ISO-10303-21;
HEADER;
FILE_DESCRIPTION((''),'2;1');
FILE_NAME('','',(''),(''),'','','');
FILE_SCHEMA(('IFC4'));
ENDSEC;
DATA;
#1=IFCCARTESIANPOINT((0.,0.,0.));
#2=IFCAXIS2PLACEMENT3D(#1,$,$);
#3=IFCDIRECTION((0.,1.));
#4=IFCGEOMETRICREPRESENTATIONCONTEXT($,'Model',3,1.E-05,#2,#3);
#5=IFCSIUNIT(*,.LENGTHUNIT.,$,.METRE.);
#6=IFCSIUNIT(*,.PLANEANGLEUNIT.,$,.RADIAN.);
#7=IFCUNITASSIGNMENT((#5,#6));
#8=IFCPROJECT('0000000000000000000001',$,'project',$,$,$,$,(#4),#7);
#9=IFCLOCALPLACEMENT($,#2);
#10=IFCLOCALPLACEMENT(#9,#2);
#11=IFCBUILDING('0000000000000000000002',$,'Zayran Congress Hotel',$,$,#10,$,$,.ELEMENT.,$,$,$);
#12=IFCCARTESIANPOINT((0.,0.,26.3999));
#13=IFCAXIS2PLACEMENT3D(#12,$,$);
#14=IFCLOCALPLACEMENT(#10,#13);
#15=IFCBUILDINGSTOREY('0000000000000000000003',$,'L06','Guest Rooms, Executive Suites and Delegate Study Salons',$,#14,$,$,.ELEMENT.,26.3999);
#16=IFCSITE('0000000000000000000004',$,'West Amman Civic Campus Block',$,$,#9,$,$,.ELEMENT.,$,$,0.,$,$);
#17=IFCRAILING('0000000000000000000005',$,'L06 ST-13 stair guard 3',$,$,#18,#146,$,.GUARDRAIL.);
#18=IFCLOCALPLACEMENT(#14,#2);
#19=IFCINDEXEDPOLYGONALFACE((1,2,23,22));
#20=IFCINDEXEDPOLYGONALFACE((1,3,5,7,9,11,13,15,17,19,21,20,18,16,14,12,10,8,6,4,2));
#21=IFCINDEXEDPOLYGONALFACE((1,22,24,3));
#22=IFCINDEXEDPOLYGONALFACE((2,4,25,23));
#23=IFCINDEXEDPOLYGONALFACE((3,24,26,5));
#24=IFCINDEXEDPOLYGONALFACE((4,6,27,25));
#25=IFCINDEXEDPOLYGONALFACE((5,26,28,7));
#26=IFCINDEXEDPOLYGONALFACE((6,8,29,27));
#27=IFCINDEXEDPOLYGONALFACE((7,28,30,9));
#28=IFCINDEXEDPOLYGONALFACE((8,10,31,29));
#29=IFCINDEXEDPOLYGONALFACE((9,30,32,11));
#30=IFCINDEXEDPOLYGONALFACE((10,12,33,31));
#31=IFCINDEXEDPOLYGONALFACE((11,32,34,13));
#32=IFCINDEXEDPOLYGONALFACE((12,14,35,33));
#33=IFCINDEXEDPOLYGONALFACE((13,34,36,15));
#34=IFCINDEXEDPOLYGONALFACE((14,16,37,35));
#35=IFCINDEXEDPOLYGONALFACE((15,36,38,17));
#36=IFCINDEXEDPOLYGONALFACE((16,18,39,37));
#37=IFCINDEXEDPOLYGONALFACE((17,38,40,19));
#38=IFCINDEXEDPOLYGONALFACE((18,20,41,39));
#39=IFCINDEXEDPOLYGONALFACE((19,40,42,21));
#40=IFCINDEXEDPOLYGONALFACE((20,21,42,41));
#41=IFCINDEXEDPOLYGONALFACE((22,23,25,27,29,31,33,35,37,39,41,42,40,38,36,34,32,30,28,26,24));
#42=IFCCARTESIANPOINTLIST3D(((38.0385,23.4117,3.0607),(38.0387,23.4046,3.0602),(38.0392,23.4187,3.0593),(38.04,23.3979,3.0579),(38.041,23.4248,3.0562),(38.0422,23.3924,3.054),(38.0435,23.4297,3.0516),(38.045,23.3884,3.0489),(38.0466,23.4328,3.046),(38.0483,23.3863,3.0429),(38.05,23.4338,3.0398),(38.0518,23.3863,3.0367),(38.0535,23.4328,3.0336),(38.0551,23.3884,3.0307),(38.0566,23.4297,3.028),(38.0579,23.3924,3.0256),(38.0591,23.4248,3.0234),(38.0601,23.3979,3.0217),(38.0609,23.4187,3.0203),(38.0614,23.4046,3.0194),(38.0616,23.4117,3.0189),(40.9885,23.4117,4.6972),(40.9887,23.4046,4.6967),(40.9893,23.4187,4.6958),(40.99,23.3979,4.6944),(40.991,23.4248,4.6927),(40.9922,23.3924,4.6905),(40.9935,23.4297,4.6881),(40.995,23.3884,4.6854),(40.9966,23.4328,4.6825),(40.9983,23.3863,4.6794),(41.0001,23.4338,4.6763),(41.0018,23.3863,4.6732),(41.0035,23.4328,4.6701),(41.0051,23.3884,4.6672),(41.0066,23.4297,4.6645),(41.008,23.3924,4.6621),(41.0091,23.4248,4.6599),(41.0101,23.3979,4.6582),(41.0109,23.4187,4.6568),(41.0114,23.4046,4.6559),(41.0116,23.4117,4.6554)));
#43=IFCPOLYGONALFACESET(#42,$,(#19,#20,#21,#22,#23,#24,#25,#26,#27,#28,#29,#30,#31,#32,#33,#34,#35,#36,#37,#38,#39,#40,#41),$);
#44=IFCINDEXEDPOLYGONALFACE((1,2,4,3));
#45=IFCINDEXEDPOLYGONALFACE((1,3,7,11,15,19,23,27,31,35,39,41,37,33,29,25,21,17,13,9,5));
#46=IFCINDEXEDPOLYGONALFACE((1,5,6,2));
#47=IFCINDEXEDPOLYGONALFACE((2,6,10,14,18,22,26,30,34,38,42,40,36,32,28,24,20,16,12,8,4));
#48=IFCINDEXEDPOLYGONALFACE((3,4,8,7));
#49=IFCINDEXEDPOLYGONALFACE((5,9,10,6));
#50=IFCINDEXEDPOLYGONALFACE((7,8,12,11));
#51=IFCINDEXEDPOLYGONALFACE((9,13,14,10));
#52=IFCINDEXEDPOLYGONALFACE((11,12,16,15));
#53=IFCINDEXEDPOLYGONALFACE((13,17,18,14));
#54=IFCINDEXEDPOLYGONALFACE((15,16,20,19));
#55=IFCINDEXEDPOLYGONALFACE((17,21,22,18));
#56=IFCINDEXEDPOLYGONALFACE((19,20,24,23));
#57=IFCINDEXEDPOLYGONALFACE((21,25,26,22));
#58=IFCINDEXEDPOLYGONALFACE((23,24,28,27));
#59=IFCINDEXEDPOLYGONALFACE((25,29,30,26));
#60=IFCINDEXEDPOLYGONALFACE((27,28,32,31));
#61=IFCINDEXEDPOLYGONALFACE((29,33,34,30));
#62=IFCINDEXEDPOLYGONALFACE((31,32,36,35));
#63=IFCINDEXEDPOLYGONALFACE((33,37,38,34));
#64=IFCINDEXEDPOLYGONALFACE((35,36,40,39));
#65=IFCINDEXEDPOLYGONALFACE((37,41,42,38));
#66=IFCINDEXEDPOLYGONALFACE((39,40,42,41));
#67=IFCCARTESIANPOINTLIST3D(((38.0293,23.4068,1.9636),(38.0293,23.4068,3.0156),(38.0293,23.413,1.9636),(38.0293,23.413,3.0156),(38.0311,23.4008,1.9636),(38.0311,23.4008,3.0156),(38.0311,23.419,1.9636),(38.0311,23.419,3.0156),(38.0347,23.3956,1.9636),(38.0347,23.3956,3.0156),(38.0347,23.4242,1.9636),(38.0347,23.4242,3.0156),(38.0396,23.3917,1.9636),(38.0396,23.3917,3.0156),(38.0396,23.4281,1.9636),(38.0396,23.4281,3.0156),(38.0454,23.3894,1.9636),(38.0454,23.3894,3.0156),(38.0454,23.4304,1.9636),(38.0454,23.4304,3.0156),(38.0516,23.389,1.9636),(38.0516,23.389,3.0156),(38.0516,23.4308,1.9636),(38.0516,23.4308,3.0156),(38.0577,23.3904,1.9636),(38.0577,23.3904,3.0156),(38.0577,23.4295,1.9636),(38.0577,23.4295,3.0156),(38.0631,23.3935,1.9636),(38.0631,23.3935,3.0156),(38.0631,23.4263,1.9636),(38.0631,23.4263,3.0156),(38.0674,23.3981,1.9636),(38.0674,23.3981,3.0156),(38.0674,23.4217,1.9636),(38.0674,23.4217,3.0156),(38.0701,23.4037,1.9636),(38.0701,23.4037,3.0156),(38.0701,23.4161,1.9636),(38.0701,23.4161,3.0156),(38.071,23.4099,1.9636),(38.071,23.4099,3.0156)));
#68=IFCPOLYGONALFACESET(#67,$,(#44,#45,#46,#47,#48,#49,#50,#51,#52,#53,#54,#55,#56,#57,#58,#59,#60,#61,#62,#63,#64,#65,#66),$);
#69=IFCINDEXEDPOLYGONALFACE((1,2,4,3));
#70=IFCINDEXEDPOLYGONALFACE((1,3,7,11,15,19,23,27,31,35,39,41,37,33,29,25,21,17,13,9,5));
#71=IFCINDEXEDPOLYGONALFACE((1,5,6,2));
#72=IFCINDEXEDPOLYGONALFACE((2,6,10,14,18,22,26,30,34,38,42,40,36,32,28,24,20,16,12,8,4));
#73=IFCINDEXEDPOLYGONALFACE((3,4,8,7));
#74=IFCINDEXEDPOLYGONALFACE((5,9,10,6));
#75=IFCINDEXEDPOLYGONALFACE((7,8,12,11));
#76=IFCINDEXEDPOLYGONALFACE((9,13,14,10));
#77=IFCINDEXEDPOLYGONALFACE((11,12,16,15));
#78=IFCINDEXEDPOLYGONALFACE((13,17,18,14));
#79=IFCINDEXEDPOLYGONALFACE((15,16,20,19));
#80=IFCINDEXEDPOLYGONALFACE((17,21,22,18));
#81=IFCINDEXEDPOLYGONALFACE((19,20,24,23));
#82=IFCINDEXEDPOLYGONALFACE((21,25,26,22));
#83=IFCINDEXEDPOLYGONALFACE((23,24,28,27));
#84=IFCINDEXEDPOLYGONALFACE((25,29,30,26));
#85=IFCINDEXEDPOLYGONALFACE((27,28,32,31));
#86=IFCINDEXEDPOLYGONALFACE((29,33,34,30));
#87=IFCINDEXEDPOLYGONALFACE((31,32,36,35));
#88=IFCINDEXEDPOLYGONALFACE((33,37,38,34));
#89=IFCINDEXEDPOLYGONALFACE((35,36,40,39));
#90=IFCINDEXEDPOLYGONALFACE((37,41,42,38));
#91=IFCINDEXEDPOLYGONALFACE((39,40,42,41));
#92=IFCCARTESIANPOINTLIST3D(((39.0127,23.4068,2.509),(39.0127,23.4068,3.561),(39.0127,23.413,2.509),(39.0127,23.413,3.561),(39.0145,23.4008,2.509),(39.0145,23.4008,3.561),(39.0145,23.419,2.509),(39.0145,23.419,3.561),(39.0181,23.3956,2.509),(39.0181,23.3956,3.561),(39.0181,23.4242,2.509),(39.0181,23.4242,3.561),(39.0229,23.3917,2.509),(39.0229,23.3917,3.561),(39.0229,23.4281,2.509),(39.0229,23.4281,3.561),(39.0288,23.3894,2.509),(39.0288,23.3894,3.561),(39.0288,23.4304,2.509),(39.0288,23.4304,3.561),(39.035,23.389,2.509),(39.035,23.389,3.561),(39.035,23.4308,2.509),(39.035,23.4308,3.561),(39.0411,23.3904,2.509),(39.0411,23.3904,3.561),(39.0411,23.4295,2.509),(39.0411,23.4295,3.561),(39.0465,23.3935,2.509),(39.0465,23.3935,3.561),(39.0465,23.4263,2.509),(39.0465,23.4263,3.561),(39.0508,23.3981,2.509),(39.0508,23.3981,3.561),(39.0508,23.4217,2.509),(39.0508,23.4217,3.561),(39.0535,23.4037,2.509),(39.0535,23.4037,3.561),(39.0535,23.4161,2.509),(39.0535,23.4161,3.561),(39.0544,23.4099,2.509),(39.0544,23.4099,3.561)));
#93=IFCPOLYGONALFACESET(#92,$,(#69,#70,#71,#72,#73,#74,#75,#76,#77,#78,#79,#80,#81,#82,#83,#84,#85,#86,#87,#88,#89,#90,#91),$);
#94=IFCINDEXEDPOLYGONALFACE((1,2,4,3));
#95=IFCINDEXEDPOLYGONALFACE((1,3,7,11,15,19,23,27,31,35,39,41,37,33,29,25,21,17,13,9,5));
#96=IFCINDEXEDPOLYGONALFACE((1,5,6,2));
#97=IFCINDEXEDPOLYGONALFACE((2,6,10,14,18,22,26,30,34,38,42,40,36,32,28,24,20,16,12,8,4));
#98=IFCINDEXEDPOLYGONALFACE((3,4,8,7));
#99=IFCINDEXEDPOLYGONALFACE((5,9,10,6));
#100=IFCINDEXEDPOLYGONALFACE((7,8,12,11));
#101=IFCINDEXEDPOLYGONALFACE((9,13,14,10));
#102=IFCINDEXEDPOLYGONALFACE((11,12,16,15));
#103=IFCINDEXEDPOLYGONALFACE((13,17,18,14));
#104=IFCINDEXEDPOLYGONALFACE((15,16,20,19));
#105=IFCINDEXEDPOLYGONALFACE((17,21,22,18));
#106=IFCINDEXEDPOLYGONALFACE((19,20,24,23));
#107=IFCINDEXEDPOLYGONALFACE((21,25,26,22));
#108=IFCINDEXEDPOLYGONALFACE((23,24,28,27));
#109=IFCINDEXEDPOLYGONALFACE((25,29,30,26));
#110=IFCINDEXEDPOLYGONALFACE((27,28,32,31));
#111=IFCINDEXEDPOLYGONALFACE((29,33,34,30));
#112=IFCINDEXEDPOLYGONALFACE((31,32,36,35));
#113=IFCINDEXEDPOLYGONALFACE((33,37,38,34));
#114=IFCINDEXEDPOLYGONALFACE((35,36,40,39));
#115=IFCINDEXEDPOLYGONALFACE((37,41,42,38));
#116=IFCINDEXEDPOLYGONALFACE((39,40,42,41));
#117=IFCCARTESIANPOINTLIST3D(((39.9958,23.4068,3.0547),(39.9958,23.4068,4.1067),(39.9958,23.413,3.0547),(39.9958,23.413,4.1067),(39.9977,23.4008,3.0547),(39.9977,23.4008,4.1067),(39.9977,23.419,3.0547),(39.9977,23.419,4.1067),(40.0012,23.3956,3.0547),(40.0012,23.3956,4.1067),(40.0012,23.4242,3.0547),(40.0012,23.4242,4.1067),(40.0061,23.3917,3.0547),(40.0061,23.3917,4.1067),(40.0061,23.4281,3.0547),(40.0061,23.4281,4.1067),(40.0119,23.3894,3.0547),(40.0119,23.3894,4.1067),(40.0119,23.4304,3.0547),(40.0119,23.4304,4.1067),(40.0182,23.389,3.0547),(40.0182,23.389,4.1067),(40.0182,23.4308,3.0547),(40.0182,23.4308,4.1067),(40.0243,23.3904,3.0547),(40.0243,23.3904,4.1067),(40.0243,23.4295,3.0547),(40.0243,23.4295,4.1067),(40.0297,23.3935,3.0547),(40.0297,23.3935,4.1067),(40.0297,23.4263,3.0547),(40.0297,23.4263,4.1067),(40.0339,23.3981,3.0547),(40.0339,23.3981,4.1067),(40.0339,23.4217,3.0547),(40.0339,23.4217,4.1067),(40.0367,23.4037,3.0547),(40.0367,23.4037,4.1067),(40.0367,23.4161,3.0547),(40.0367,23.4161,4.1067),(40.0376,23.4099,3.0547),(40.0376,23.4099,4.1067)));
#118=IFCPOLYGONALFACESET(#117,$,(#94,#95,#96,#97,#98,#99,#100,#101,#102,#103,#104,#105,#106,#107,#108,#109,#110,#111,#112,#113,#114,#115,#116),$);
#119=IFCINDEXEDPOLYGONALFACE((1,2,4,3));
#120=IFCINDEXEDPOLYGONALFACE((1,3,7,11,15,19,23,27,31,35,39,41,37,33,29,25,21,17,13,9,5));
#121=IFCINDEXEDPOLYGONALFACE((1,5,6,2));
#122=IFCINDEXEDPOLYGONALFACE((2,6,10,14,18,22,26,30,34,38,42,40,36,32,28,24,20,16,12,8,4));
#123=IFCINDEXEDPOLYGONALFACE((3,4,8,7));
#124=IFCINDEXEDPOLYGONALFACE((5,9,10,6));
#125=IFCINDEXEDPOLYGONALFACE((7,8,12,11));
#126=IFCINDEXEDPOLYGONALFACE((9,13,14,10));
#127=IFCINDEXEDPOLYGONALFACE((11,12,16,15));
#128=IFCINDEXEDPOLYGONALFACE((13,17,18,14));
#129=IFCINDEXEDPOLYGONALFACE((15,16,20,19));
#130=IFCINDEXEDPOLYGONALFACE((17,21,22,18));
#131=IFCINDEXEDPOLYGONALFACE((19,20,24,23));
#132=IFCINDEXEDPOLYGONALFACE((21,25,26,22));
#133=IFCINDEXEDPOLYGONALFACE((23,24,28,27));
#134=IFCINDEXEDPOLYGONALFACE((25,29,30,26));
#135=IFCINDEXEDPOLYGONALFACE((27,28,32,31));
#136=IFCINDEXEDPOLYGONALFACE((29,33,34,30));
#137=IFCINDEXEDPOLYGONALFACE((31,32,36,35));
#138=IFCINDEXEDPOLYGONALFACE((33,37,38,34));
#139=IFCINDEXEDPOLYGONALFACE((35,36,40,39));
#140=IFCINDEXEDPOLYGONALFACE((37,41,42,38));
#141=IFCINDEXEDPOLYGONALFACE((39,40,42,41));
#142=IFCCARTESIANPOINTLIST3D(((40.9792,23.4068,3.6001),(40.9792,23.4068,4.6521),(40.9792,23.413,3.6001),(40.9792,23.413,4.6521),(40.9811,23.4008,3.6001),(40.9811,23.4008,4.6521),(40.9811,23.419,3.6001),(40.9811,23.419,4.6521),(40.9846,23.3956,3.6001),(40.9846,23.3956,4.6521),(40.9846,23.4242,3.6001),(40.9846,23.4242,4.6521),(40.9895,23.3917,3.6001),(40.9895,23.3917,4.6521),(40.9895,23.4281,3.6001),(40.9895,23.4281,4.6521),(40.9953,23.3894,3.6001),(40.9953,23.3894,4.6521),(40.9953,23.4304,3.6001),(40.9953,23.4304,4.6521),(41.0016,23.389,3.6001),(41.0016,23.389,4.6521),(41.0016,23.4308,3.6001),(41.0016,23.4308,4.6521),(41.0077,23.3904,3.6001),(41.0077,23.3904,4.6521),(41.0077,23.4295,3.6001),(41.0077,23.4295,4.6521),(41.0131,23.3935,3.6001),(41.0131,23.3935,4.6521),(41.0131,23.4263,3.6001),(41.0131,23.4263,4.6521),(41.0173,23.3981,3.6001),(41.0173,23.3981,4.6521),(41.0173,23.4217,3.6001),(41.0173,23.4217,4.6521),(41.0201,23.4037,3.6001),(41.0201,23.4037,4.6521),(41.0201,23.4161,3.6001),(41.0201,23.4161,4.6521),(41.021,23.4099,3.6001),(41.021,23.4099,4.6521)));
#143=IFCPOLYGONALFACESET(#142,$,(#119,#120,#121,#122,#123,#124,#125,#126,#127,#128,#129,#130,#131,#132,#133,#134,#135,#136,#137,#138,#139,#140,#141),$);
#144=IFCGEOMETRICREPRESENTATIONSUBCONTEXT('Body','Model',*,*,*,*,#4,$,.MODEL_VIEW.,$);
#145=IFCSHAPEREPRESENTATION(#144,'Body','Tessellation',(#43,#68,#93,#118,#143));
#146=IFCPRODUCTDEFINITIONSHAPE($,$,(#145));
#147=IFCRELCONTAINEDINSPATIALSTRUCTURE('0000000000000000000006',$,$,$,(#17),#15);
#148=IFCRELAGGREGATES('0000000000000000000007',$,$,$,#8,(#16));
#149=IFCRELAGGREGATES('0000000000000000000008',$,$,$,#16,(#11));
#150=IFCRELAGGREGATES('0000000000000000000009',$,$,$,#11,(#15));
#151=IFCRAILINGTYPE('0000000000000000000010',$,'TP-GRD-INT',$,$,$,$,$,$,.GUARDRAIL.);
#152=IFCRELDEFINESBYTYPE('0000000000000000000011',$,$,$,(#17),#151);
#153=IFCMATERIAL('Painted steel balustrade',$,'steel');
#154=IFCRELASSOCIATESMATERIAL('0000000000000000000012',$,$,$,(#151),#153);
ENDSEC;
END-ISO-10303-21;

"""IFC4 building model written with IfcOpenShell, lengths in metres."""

from ifc_helpers import new_model, si_unit, direction, frame, origin, origin_2d, place, context, subcontext, project, spatial, circle, extrude, material, type_object, element, save


model = new_model("IFC4")

# Units and contexts
model_context = context("Model", 3, precision=1e-05, world=origin(), true_north=direction((0.0, 1.0)))
body_context = subcontext(model_context, "Body", "Model", "MODEL_VIEW")
ifc_project = project(units=[si_unit("LENGTHUNIT", "METRE"), si_unit("PLANEANGLEUNIT", "RADIAN")], contexts=[model_context])

# Site, building, storey
site_placement = place(None, origin())
site = spatial("IfcSite", under=ifc_project, at=site_placement, Name="West Amman Civic Campus Block", CompositionType="ELEMENT", RefElevation=0.0)
building_placement = place(site_placement, origin())
building = spatial("IfcBuilding", under=site, at=building_placement, Name="Zayran Congress Hotel", CompositionType="ELEMENT")
storey_placement = place(building_placement, frame((0.0, 0.0, 26.3999)))
storey = spatial("IfcBuildingStorey", under=building, at=storey_placement, Name="L06", Description="Guest Rooms, Executive Suites and Delegate Study Salons", CompositionType="ELEMENT", Elevation=26.3999)

# Railing
ifc_material_1 = material(Name="Painted steel balustrade", Category="steel")
railing_type_1 = type_object("IfcRailingType", Name="TP-GRD-INT", PredefinedType="GUARDRAIL", material=ifc_material_1)
railing_1_placement = place(storey_placement, frame((38.05, 23.4099, 1.9636)))
element("IfcRailing", 1, at=railing_1_placement, inside=storey, type_object=railing_type_1, Name="L06 ST-13 stair guard 3", PredefinedType="GUARDRAIL", context=body_context, shape_type="SweptSolid", body=[
    extrude(circle(Radius=0.0239, at=origin_2d()), frame((0.0, 0.0, 1.0762), z_axis=(0.874458, 0.0, 0.485102), x_axis=(0.0, 1.0, 0.0)), (0.0, 0.0, 1.0), 3.3735),
    extrude(circle(Radius=0.021, at=origin_2d()), origin(), (0.0, 0.0, 1.0), 1.052),
    extrude(circle(Radius=0.021, at=origin_2d()), frame((0.9834, 0.0, 0.5454)), (0.0, 0.0, 1.0), 1.052),
    extrude(circle(Radius=0.021, at=origin_2d()), frame((1.9666, 0.0, 1.0911)), (0.0, 0.0, 1.0), 1.052),
    extrude(circle(Radius=0.021, at=origin_2d()), frame((2.95, 0.0, 1.6365)), (0.0, 0.0, 1.0), 1.052),
])

save(model, "model.ifc")
